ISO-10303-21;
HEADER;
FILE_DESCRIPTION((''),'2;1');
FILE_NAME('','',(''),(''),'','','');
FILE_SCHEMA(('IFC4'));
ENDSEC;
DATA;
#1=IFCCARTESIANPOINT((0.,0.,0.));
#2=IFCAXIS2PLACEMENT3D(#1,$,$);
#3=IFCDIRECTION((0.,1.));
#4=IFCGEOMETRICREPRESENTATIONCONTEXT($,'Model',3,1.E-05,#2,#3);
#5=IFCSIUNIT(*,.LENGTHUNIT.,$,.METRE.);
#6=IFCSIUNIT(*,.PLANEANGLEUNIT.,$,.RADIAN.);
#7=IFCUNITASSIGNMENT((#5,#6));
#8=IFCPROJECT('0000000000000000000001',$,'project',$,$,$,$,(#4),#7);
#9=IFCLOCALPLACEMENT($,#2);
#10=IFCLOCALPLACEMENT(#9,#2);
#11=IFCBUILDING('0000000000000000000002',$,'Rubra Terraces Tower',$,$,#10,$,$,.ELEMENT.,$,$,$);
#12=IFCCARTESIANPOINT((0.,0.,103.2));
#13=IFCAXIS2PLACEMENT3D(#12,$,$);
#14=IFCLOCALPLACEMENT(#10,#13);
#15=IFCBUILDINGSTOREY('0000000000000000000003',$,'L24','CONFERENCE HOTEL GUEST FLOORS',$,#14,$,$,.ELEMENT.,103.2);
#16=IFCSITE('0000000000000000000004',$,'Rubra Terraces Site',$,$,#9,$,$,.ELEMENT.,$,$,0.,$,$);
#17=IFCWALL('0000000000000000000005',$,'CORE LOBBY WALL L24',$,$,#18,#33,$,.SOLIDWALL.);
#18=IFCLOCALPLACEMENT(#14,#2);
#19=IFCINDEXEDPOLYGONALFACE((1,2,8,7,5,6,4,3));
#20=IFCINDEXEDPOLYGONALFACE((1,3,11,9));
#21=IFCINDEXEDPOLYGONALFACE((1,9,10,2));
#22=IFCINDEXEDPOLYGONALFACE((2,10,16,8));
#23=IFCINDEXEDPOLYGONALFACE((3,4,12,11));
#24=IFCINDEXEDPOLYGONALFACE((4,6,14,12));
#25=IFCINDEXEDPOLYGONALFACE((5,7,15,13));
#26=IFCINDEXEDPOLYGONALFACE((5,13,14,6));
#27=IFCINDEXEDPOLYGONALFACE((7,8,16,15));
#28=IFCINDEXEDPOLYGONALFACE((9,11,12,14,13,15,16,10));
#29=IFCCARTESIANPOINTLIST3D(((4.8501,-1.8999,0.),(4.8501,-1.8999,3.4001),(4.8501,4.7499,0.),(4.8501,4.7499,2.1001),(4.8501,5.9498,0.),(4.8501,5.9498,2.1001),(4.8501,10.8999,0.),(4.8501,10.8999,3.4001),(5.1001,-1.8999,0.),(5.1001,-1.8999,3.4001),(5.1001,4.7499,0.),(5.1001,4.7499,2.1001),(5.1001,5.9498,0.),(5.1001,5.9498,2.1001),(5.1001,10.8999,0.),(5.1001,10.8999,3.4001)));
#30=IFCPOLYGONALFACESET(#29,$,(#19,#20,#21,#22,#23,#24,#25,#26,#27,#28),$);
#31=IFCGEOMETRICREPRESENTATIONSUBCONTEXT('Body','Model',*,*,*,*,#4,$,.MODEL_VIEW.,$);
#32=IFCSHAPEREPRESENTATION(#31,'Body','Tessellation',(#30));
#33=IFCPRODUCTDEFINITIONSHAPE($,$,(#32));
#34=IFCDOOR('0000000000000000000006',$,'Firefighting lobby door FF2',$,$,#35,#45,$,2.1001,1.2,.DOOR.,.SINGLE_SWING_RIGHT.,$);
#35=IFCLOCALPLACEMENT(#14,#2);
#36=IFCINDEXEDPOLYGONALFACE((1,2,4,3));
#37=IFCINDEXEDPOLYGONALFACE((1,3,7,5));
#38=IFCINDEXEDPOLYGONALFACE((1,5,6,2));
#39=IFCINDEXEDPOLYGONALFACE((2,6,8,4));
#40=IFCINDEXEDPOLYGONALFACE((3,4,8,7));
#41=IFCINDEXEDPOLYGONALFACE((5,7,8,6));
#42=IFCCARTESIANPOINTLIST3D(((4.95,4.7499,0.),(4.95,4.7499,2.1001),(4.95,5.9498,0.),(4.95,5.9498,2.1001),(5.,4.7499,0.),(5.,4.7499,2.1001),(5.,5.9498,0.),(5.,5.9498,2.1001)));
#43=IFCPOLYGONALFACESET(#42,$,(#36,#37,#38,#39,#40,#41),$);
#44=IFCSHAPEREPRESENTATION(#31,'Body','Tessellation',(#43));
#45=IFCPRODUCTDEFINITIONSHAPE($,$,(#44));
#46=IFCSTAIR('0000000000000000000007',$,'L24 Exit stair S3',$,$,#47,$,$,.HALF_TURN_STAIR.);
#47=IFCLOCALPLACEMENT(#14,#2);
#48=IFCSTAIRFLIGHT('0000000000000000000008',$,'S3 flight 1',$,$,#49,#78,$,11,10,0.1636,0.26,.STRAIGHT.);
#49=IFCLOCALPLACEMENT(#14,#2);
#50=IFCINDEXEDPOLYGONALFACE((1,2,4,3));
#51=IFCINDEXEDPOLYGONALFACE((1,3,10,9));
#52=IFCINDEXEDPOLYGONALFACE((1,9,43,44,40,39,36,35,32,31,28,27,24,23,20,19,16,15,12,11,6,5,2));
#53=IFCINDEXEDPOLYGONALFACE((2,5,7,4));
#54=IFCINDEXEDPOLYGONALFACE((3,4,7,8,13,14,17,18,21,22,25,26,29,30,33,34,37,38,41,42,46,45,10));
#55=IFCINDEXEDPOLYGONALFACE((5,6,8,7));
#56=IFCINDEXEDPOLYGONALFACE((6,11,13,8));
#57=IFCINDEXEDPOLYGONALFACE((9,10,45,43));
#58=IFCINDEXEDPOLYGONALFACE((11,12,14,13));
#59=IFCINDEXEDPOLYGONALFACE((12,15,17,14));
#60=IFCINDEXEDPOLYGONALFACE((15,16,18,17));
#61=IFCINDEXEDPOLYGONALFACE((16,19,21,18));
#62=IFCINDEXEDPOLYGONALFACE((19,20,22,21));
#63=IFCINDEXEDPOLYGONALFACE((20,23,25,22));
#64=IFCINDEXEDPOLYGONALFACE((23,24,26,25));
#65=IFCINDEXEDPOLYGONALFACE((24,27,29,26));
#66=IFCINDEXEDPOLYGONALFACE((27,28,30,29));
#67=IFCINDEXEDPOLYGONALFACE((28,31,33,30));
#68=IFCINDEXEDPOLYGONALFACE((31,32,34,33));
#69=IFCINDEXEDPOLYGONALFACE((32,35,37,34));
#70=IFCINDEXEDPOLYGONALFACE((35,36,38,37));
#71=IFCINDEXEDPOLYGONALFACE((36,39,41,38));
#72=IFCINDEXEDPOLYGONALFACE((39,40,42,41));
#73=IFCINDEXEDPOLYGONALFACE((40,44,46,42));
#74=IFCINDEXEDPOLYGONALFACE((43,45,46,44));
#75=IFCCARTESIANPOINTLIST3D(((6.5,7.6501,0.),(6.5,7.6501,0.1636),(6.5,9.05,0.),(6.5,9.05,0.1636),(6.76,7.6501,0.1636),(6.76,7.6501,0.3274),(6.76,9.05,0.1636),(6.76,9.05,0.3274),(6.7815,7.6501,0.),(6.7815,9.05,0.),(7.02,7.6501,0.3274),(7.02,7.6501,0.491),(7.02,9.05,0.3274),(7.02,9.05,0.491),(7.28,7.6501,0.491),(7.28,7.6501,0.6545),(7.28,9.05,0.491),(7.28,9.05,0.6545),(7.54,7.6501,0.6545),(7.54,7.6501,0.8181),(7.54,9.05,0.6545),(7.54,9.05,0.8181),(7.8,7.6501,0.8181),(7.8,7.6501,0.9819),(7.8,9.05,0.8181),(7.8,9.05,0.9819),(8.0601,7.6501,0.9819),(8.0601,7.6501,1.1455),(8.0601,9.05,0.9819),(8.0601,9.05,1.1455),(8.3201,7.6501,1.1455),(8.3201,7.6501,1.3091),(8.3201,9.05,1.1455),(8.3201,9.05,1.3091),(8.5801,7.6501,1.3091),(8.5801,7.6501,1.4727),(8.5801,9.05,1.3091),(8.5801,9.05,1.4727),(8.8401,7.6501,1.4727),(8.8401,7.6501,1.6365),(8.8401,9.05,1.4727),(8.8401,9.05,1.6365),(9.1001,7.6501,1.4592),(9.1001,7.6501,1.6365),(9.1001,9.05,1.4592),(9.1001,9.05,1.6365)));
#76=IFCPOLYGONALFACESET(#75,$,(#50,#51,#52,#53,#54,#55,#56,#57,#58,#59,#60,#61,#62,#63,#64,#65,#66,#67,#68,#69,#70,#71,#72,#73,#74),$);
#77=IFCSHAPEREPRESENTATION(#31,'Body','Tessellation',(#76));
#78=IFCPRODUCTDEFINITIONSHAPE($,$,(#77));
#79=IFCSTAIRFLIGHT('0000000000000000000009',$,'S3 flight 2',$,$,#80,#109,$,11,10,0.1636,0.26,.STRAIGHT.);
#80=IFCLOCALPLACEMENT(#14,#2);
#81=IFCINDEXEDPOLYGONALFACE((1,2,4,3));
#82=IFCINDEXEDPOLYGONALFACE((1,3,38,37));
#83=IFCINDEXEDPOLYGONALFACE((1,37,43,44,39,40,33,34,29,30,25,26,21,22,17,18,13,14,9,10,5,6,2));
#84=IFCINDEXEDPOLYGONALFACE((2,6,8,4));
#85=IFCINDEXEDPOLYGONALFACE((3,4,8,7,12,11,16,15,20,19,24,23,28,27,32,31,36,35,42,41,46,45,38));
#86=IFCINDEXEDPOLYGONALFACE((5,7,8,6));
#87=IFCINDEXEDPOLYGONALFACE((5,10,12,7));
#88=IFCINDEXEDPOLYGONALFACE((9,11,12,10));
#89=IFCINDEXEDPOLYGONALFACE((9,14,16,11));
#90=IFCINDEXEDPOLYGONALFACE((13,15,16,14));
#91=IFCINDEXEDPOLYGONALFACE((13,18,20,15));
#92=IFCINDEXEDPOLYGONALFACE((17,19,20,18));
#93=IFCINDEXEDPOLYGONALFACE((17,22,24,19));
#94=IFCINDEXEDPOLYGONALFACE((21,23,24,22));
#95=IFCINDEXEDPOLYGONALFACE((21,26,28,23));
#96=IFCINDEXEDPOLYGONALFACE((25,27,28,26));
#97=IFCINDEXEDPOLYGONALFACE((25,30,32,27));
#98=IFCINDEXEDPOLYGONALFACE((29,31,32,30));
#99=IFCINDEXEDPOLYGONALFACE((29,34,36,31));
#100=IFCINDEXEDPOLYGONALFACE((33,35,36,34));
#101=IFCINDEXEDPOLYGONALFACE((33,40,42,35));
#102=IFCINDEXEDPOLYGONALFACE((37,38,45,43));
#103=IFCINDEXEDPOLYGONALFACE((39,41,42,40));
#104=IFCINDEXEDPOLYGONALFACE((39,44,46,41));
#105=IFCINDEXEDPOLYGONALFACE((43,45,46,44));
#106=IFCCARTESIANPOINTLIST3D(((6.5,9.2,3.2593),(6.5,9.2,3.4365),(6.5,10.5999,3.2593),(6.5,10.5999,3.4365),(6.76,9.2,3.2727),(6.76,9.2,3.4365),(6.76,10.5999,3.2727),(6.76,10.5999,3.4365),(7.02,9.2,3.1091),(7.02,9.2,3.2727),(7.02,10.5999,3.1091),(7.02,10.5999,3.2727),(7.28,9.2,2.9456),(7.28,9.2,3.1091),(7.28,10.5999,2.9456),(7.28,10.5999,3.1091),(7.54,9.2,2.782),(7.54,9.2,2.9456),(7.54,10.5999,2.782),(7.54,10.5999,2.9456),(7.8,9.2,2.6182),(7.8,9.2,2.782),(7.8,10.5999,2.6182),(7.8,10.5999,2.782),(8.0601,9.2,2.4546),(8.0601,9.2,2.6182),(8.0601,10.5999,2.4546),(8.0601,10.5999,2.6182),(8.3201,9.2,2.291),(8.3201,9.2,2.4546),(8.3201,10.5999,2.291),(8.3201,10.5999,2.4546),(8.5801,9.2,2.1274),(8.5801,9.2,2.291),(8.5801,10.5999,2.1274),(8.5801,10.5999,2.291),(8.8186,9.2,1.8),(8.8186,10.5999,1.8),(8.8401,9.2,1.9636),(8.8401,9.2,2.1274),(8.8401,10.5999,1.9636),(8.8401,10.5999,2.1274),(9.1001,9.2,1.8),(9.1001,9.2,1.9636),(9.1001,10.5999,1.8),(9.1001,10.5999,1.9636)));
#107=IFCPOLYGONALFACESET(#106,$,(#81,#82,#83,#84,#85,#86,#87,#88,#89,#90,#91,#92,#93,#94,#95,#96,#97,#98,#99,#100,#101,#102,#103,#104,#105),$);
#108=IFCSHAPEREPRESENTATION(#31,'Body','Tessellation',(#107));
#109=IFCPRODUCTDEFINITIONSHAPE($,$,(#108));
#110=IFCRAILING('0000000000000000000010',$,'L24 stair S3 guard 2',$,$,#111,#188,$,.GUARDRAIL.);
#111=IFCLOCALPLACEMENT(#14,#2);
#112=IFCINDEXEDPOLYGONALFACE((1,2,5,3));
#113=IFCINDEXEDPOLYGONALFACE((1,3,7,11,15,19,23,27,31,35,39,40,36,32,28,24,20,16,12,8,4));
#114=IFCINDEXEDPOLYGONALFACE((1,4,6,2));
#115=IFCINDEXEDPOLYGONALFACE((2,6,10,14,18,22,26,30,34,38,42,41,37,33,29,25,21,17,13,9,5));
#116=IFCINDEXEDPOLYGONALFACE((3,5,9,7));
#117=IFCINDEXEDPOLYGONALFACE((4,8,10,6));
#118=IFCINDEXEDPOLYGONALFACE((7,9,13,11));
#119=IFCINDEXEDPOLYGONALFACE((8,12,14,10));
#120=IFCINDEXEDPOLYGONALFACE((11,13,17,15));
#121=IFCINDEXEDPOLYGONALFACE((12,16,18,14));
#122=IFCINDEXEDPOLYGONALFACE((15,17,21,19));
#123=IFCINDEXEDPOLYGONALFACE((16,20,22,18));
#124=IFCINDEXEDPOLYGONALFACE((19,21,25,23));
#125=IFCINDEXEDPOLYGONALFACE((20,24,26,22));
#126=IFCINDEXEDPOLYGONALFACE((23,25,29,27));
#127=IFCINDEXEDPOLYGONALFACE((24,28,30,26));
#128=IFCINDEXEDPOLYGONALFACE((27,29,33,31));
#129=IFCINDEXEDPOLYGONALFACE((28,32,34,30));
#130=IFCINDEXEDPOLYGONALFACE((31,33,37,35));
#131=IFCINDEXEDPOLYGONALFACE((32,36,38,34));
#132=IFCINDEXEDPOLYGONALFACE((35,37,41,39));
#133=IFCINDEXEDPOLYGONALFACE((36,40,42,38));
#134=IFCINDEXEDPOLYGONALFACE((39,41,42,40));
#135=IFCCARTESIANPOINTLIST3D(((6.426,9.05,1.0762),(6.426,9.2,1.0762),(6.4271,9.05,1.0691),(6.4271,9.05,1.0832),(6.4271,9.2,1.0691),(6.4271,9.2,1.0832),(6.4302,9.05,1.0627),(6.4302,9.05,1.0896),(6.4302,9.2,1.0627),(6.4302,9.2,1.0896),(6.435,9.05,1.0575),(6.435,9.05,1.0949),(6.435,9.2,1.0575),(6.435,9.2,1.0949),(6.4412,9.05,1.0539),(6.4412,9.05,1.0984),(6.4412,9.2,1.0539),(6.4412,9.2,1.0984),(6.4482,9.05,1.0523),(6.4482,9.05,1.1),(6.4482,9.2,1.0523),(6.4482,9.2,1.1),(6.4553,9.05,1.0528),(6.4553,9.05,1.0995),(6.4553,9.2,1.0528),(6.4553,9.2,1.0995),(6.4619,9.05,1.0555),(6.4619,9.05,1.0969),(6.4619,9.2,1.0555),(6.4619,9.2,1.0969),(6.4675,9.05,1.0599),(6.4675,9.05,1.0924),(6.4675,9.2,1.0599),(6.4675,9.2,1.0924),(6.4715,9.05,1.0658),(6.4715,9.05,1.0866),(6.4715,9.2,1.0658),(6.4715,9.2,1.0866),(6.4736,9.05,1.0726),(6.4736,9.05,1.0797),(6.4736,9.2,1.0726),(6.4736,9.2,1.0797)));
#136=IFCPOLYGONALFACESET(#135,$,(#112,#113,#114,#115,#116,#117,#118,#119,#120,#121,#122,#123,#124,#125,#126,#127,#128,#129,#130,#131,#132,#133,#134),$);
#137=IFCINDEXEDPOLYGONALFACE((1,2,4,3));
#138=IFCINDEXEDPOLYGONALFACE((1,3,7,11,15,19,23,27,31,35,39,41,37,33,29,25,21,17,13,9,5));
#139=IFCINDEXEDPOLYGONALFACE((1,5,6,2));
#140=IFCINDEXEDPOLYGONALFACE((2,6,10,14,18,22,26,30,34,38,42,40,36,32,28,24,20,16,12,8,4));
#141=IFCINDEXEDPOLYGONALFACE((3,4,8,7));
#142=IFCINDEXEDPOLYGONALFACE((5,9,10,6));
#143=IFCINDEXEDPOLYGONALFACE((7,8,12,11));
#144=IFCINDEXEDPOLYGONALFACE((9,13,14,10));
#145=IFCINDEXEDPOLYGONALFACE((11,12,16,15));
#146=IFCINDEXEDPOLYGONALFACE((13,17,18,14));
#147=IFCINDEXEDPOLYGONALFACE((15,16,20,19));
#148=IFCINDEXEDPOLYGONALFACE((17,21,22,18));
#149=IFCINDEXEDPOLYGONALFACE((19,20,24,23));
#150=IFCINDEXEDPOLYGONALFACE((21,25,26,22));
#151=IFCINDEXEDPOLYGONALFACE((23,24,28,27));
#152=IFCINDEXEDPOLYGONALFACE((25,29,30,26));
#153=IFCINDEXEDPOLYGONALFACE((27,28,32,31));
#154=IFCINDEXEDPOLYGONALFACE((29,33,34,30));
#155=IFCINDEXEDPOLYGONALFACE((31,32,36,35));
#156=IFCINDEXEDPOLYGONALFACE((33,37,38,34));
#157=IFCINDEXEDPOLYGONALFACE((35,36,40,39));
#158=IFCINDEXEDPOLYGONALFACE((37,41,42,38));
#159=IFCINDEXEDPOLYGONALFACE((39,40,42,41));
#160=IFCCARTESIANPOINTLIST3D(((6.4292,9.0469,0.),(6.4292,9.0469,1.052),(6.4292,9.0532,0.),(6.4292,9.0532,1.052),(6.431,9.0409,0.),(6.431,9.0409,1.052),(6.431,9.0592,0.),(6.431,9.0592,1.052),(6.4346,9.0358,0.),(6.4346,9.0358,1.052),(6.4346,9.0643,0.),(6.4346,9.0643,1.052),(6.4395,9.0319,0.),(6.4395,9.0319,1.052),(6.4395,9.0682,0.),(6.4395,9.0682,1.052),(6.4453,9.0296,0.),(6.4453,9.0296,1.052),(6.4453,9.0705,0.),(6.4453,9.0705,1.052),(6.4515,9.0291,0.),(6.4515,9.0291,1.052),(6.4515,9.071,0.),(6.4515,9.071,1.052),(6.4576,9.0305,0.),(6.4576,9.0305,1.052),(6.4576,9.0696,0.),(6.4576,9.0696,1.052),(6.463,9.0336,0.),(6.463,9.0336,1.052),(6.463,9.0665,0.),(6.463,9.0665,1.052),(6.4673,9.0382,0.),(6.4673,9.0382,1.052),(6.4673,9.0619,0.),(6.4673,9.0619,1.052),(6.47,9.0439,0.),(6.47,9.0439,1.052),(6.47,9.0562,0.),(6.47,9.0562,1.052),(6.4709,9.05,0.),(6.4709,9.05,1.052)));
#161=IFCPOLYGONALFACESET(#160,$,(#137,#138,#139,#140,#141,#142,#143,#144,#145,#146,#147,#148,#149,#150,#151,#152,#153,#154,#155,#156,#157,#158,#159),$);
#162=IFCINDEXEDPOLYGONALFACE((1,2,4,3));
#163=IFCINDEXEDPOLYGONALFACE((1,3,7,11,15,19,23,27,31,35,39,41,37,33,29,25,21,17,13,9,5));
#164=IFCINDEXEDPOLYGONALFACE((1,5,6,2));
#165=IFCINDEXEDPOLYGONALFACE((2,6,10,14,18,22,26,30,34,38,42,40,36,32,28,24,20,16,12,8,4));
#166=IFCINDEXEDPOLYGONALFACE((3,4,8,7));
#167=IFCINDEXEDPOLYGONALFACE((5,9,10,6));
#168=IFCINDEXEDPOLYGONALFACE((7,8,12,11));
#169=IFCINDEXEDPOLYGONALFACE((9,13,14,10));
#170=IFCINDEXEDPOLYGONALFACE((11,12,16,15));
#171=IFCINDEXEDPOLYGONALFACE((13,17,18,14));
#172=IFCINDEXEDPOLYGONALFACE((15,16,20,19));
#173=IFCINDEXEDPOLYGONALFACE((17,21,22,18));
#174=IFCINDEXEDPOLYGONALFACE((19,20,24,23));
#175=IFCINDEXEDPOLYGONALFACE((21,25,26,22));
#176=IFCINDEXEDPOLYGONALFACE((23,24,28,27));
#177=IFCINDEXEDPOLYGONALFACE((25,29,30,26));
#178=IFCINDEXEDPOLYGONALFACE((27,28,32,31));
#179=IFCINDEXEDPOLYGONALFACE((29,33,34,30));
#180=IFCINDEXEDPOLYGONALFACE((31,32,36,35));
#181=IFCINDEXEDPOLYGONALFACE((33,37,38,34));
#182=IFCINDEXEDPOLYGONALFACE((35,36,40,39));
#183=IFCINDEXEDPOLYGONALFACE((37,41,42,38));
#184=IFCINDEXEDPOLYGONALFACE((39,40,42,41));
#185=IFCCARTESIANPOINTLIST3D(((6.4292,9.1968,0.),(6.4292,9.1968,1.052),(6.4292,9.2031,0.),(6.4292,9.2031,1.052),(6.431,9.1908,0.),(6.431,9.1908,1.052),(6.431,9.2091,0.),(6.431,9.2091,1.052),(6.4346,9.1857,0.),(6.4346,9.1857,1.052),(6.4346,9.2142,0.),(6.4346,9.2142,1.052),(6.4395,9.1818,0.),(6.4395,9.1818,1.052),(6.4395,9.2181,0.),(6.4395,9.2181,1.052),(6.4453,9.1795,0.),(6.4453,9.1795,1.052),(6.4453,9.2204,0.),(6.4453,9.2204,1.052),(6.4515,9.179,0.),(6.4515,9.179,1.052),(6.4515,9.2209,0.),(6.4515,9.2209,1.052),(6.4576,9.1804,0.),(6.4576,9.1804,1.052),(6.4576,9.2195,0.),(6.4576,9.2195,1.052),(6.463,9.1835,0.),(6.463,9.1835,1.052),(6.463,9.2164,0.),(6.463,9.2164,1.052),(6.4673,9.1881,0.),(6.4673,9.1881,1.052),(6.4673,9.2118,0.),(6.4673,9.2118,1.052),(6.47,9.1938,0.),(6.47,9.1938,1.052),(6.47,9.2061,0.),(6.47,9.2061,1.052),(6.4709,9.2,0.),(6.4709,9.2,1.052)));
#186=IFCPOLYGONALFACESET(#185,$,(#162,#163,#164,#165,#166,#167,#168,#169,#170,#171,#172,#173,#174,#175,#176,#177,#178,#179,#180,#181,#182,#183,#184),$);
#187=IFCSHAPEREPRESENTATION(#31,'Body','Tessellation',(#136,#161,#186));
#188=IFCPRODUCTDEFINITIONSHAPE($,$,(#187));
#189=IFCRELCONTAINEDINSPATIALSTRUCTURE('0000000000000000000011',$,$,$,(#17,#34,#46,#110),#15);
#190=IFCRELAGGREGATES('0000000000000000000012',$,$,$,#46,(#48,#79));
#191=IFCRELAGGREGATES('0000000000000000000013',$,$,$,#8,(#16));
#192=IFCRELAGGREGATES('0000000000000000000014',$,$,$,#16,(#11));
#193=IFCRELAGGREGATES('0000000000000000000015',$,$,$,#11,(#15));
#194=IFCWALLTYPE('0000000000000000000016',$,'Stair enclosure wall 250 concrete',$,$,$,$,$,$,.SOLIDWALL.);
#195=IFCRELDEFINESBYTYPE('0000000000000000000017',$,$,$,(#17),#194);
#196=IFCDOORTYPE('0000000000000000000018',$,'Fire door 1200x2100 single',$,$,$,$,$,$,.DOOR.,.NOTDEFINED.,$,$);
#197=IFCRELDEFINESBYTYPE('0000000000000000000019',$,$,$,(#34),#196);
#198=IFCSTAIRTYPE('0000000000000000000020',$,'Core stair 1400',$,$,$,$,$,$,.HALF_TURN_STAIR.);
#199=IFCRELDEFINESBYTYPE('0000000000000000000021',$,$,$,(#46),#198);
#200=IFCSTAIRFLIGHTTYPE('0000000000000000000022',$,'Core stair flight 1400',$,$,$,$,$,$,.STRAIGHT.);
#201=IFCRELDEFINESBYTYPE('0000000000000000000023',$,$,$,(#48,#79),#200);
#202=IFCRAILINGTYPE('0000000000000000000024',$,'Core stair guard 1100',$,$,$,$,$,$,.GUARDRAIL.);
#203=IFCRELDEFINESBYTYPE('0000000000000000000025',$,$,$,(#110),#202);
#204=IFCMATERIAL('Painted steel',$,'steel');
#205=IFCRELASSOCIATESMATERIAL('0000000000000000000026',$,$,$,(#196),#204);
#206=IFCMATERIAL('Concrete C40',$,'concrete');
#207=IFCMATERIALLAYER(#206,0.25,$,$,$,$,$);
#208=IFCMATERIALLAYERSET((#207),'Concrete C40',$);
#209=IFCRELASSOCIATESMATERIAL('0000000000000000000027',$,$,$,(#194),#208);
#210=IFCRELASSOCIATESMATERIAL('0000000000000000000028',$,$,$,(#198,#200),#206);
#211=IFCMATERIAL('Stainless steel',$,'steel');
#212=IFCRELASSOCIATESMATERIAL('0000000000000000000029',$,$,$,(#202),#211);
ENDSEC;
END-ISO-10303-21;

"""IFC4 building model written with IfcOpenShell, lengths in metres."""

from ifc_helpers import new_model, si_unit, direction, frame, frame_2d, origin, origin_2d, place, context, subcontext, project, spatial, polyline, rectangle, circle, outline, extrude, material, layer, layer_set, type_object, element, fill, aggregate, save


model = new_model("IFC4")

# Units and contexts
model_context = context("Model", 3, precision=1e-05, world=origin(), true_north=direction((0.0, 1.0)))
body_context = subcontext(model_context, "Body", "Model", "MODEL_VIEW")
ifc_project = project(units=[si_unit("LENGTHUNIT", "METRE"), si_unit("PLANEANGLEUNIT", "RADIAN")], contexts=[model_context])

# Site, building, storey
site_placement = place(None, origin())
site = spatial("IfcSite", under=ifc_project, at=site_placement, Name="Rubra Terraces Site", CompositionType="ELEMENT", RefElevation=0.0)
building_placement = place(site_placement, origin())
building = spatial("IfcBuilding", under=site, at=building_placement, Name="Rubra Terraces Tower", CompositionType="ELEMENT")
storey_placement = place(building_placement, frame((0.0, 0.0, 103.2)))
storey = spatial("IfcBuildingStorey", under=building, at=storey_placement, Name="L24", Description="CONFERENCE HOTEL GUEST FLOORS", CompositionType="ELEMENT", Elevation=103.2)

# Shared definitions
ifc_material_1 = material(Name="Concrete C40", Category="concrete")

# Shared definitions
ifc_material_2 = material(Name="Painted steel", Category="steel")
door_type_1 = type_object("IfcDoorType", Name="Fire door 1200x2100 single", OperationType="NOTDEFINED", PredefinedType="DOOR", material=ifc_material_2)
ifc_material_3 = material(Name="Stainless steel", Category="steel")

# Wall, opening, door
ifc_layer_1 = layer(ifc_material_1, 0.25)
ifc_layer_set_1 = layer_set([ifc_layer_1], Name="Concrete C40")
wall_type_1 = type_object("IfcWallType", Name="Stair enclosure wall 250 concrete", PredefinedType="SOLIDWALL", material=ifc_layer_set_1)
wall_1_placement = place(storey_placement, frame((4.9751, 10.8999, 0.0), z_axis=(0.0, 0.0, 1.0), x_axis=(0.0, -1.0, 0.0)))
wall_1 = element("IfcWall", 1, at=wall_1_placement, inside=storey, type_object=wall_type_1, Name="CORE LOBBY WALL L24", PredefinedType="SOLIDWALL", context=body_context, shape_type="SweptSolid", body=[
    extrude(rectangle(XDim=12.7998, YDim=0.25, at=frame_2d((6.3999, 0.0))), origin(), (0.0, 0.0, 1.0), 3.4001),
])
opening_1_placement = place(wall_1_placement, frame((4.95, 0.0, 0.0)))
opening_1 = element("IfcOpeningElement", 2, at=opening_1_placement, cuts=wall_1, PredefinedType="OPENING", context=body_context, shape_type="SweptSolid", body=[
    extrude(rectangle(XDim=1.2, YDim=2.1001, at=frame_2d((0.6001, 1.05))), frame((0.0, 0.135, 0.0), z_axis=(0.0, -1.0, 0.0), x_axis=(1.0, 0.0, 0.0)), (0.0, 0.0, 1.0), 0.27),
])
door_1_placement = place(opening_1_placement, origin())
door_1 = element("IfcDoor", 3, at=door_1_placement, inside=storey, type_object=door_type_1, Name="Firefighting lobby door FF2", OperationType="SINGLE_SWING_RIGHT", OverallHeight=2.1001, OverallWidth=1.2, PredefinedType="DOOR", context=body_context, shape_type="SweptSolid", body=[
    extrude(rectangle(XDim=1.2, YDim=2.1001, at=frame_2d((0.6001, 1.05))), frame((0.0, 0.0249, 0.0), z_axis=(0.0, -1.0, 0.0), x_axis=(1.0, 0.0, 0.0)), (0.0, 0.0, 1.0), 0.05),
])
fill(opening_1, door_1)

# Stair, stair flights
stair_type = type_object("IfcStairType", Name="Core stair 1400", PredefinedType="HALF_TURN_STAIR", material=ifc_material_1)
stair_placement = place(storey_placement, origin())
stair = element("IfcStair", 4, at=stair_placement, inside=storey, type_object=stair_type, Name="L24 Exit stair S3", PredefinedType="HALF_TURN_STAIR")
stair_flight_type = type_object("IfcStairFlightType", Name="Core stair flight 1400", PredefinedType="STRAIGHT", material=ifc_material_1)
stair_flight_1_placement = place(storey_placement, frame((6.5, 8.3501, 0.0), z_axis=(0.0, 0.0, 1.0), x_axis=(1.0, 0.0, 0.0)))
stair_flight_1 = element("IfcStairFlight", 5, at=stair_flight_1_placement, type_object=stair_flight_type, Name="S3 flight 1", NumberOfRisers=11, NumberOfTreads=10, PredefinedType="STRAIGHT", RiserHeight=0.1636, TreadLength=0.26, context=body_context, shape_type="SweptSolid", body=[
    extrude(outline(polyline([(0.0, 0.0), (0.0, 0.1636), (0.26, 0.1636), (0.26, 0.3274), (0.52, 0.3274), (0.52, 0.491), (0.78, 0.491), (0.78, 0.6545), (1.04, 0.6545), (1.04, 0.8181), (1.3, 0.8181), (1.3, 0.9819), (1.5601, 0.9819), (1.5601, 1.1455), (1.8201, 1.1455), (1.8201, 1.3091), (2.0801, 1.3091), (2.0801, 1.4727), (2.3401, 1.4727), (2.3401, 1.6365), (2.6001, 1.6365), (2.6001, 1.8), (2.6001, 1.4592), (0.2815, 0.0), (0.0, 0.0)])), frame((0.0, 0.7, 0.0), z_axis=(0.0, -1.0, 0.0), x_axis=(1.0, 0.0, 0.0)), (0.0, 0.0, 1.0), 1.3999),
])
stair_flight_2_placement = place(storey_placement, frame((9.1001, 9.8999, 1.8), z_axis=(0.0, 0.0, 1.0), x_axis=(-1.0, 0.0, 0.0)))
stair_flight_2 = element("IfcStairFlight", 6, at=stair_flight_2_placement, type_object=stair_flight_type, Name="S3 flight 2", NumberOfRisers=11, NumberOfTreads=10, PredefinedType="STRAIGHT", RiserHeight=0.1636, TreadLength=0.26, context=body_context, shape_type="SweptSolid", body=[
    extrude(outline(polyline([(0.0, 0.0), (0.0, 0.1636), (0.26, 0.1636), (0.26, 0.3274), (0.52, 0.3274), (0.52, 0.491), (0.78, 0.491), (0.78, 0.6545), (1.04, 0.6545), (1.04, 0.8181), (1.3, 0.8181), (1.3, 0.9819), (1.5601, 0.9819), (1.5601, 1.1455), (1.8201, 1.1455), (1.8201, 1.3091), (2.0801, 1.3091), (2.0801, 1.4727), (2.3401, 1.4727), (2.3401, 1.6365), (2.6001, 1.6365), (2.6001, 1.8), (2.6001, 1.4592), (0.2815, 0.0), (0.0, 0.0)])), frame((0.0, 0.7, 0.0), z_axis=(0.0, -1.0, 0.0), x_axis=(1.0, 0.0, 0.0)), (0.0, 0.0, 1.0), 1.3999),
])
aggregate(stair, [stair_flight_1, stair_flight_2])

# Railing
railing_type_1 = type_object("IfcRailingType", Name="Core stair guard 1100", PredefinedType="GUARDRAIL", material=ifc_material_3)
railing_1_placement = place(storey_placement, frame((6.45, 9.05, 0.0)))
element("IfcRailing", 7, at=railing_1_placement, inside=storey, type_object=railing_type_1, Name="L24 stair S3 guard 2", PredefinedType="GUARDRAIL", context=body_context, shape_type="SweptSolid", body=[
    extrude(circle(Radius=0.0239, at=origin_2d()), frame((0.0, 0.0, 1.0762), z_axis=(0.0, 1.0, 0.0), x_axis=(-1.0, 0.0, 0.0)), (0.0, 0.0, 1.0), 0.1499),
    extrude(circle(Radius=0.021, at=origin_2d()), origin(), (0.0, 0.0, 1.0), 1.052),
    extrude(circle(Radius=0.021, at=origin_2d()), frame((0.0, 0.1499, 0.0)), (0.0, 0.0, 1.0), 1.052),
])

save(model, "model.ifc")
